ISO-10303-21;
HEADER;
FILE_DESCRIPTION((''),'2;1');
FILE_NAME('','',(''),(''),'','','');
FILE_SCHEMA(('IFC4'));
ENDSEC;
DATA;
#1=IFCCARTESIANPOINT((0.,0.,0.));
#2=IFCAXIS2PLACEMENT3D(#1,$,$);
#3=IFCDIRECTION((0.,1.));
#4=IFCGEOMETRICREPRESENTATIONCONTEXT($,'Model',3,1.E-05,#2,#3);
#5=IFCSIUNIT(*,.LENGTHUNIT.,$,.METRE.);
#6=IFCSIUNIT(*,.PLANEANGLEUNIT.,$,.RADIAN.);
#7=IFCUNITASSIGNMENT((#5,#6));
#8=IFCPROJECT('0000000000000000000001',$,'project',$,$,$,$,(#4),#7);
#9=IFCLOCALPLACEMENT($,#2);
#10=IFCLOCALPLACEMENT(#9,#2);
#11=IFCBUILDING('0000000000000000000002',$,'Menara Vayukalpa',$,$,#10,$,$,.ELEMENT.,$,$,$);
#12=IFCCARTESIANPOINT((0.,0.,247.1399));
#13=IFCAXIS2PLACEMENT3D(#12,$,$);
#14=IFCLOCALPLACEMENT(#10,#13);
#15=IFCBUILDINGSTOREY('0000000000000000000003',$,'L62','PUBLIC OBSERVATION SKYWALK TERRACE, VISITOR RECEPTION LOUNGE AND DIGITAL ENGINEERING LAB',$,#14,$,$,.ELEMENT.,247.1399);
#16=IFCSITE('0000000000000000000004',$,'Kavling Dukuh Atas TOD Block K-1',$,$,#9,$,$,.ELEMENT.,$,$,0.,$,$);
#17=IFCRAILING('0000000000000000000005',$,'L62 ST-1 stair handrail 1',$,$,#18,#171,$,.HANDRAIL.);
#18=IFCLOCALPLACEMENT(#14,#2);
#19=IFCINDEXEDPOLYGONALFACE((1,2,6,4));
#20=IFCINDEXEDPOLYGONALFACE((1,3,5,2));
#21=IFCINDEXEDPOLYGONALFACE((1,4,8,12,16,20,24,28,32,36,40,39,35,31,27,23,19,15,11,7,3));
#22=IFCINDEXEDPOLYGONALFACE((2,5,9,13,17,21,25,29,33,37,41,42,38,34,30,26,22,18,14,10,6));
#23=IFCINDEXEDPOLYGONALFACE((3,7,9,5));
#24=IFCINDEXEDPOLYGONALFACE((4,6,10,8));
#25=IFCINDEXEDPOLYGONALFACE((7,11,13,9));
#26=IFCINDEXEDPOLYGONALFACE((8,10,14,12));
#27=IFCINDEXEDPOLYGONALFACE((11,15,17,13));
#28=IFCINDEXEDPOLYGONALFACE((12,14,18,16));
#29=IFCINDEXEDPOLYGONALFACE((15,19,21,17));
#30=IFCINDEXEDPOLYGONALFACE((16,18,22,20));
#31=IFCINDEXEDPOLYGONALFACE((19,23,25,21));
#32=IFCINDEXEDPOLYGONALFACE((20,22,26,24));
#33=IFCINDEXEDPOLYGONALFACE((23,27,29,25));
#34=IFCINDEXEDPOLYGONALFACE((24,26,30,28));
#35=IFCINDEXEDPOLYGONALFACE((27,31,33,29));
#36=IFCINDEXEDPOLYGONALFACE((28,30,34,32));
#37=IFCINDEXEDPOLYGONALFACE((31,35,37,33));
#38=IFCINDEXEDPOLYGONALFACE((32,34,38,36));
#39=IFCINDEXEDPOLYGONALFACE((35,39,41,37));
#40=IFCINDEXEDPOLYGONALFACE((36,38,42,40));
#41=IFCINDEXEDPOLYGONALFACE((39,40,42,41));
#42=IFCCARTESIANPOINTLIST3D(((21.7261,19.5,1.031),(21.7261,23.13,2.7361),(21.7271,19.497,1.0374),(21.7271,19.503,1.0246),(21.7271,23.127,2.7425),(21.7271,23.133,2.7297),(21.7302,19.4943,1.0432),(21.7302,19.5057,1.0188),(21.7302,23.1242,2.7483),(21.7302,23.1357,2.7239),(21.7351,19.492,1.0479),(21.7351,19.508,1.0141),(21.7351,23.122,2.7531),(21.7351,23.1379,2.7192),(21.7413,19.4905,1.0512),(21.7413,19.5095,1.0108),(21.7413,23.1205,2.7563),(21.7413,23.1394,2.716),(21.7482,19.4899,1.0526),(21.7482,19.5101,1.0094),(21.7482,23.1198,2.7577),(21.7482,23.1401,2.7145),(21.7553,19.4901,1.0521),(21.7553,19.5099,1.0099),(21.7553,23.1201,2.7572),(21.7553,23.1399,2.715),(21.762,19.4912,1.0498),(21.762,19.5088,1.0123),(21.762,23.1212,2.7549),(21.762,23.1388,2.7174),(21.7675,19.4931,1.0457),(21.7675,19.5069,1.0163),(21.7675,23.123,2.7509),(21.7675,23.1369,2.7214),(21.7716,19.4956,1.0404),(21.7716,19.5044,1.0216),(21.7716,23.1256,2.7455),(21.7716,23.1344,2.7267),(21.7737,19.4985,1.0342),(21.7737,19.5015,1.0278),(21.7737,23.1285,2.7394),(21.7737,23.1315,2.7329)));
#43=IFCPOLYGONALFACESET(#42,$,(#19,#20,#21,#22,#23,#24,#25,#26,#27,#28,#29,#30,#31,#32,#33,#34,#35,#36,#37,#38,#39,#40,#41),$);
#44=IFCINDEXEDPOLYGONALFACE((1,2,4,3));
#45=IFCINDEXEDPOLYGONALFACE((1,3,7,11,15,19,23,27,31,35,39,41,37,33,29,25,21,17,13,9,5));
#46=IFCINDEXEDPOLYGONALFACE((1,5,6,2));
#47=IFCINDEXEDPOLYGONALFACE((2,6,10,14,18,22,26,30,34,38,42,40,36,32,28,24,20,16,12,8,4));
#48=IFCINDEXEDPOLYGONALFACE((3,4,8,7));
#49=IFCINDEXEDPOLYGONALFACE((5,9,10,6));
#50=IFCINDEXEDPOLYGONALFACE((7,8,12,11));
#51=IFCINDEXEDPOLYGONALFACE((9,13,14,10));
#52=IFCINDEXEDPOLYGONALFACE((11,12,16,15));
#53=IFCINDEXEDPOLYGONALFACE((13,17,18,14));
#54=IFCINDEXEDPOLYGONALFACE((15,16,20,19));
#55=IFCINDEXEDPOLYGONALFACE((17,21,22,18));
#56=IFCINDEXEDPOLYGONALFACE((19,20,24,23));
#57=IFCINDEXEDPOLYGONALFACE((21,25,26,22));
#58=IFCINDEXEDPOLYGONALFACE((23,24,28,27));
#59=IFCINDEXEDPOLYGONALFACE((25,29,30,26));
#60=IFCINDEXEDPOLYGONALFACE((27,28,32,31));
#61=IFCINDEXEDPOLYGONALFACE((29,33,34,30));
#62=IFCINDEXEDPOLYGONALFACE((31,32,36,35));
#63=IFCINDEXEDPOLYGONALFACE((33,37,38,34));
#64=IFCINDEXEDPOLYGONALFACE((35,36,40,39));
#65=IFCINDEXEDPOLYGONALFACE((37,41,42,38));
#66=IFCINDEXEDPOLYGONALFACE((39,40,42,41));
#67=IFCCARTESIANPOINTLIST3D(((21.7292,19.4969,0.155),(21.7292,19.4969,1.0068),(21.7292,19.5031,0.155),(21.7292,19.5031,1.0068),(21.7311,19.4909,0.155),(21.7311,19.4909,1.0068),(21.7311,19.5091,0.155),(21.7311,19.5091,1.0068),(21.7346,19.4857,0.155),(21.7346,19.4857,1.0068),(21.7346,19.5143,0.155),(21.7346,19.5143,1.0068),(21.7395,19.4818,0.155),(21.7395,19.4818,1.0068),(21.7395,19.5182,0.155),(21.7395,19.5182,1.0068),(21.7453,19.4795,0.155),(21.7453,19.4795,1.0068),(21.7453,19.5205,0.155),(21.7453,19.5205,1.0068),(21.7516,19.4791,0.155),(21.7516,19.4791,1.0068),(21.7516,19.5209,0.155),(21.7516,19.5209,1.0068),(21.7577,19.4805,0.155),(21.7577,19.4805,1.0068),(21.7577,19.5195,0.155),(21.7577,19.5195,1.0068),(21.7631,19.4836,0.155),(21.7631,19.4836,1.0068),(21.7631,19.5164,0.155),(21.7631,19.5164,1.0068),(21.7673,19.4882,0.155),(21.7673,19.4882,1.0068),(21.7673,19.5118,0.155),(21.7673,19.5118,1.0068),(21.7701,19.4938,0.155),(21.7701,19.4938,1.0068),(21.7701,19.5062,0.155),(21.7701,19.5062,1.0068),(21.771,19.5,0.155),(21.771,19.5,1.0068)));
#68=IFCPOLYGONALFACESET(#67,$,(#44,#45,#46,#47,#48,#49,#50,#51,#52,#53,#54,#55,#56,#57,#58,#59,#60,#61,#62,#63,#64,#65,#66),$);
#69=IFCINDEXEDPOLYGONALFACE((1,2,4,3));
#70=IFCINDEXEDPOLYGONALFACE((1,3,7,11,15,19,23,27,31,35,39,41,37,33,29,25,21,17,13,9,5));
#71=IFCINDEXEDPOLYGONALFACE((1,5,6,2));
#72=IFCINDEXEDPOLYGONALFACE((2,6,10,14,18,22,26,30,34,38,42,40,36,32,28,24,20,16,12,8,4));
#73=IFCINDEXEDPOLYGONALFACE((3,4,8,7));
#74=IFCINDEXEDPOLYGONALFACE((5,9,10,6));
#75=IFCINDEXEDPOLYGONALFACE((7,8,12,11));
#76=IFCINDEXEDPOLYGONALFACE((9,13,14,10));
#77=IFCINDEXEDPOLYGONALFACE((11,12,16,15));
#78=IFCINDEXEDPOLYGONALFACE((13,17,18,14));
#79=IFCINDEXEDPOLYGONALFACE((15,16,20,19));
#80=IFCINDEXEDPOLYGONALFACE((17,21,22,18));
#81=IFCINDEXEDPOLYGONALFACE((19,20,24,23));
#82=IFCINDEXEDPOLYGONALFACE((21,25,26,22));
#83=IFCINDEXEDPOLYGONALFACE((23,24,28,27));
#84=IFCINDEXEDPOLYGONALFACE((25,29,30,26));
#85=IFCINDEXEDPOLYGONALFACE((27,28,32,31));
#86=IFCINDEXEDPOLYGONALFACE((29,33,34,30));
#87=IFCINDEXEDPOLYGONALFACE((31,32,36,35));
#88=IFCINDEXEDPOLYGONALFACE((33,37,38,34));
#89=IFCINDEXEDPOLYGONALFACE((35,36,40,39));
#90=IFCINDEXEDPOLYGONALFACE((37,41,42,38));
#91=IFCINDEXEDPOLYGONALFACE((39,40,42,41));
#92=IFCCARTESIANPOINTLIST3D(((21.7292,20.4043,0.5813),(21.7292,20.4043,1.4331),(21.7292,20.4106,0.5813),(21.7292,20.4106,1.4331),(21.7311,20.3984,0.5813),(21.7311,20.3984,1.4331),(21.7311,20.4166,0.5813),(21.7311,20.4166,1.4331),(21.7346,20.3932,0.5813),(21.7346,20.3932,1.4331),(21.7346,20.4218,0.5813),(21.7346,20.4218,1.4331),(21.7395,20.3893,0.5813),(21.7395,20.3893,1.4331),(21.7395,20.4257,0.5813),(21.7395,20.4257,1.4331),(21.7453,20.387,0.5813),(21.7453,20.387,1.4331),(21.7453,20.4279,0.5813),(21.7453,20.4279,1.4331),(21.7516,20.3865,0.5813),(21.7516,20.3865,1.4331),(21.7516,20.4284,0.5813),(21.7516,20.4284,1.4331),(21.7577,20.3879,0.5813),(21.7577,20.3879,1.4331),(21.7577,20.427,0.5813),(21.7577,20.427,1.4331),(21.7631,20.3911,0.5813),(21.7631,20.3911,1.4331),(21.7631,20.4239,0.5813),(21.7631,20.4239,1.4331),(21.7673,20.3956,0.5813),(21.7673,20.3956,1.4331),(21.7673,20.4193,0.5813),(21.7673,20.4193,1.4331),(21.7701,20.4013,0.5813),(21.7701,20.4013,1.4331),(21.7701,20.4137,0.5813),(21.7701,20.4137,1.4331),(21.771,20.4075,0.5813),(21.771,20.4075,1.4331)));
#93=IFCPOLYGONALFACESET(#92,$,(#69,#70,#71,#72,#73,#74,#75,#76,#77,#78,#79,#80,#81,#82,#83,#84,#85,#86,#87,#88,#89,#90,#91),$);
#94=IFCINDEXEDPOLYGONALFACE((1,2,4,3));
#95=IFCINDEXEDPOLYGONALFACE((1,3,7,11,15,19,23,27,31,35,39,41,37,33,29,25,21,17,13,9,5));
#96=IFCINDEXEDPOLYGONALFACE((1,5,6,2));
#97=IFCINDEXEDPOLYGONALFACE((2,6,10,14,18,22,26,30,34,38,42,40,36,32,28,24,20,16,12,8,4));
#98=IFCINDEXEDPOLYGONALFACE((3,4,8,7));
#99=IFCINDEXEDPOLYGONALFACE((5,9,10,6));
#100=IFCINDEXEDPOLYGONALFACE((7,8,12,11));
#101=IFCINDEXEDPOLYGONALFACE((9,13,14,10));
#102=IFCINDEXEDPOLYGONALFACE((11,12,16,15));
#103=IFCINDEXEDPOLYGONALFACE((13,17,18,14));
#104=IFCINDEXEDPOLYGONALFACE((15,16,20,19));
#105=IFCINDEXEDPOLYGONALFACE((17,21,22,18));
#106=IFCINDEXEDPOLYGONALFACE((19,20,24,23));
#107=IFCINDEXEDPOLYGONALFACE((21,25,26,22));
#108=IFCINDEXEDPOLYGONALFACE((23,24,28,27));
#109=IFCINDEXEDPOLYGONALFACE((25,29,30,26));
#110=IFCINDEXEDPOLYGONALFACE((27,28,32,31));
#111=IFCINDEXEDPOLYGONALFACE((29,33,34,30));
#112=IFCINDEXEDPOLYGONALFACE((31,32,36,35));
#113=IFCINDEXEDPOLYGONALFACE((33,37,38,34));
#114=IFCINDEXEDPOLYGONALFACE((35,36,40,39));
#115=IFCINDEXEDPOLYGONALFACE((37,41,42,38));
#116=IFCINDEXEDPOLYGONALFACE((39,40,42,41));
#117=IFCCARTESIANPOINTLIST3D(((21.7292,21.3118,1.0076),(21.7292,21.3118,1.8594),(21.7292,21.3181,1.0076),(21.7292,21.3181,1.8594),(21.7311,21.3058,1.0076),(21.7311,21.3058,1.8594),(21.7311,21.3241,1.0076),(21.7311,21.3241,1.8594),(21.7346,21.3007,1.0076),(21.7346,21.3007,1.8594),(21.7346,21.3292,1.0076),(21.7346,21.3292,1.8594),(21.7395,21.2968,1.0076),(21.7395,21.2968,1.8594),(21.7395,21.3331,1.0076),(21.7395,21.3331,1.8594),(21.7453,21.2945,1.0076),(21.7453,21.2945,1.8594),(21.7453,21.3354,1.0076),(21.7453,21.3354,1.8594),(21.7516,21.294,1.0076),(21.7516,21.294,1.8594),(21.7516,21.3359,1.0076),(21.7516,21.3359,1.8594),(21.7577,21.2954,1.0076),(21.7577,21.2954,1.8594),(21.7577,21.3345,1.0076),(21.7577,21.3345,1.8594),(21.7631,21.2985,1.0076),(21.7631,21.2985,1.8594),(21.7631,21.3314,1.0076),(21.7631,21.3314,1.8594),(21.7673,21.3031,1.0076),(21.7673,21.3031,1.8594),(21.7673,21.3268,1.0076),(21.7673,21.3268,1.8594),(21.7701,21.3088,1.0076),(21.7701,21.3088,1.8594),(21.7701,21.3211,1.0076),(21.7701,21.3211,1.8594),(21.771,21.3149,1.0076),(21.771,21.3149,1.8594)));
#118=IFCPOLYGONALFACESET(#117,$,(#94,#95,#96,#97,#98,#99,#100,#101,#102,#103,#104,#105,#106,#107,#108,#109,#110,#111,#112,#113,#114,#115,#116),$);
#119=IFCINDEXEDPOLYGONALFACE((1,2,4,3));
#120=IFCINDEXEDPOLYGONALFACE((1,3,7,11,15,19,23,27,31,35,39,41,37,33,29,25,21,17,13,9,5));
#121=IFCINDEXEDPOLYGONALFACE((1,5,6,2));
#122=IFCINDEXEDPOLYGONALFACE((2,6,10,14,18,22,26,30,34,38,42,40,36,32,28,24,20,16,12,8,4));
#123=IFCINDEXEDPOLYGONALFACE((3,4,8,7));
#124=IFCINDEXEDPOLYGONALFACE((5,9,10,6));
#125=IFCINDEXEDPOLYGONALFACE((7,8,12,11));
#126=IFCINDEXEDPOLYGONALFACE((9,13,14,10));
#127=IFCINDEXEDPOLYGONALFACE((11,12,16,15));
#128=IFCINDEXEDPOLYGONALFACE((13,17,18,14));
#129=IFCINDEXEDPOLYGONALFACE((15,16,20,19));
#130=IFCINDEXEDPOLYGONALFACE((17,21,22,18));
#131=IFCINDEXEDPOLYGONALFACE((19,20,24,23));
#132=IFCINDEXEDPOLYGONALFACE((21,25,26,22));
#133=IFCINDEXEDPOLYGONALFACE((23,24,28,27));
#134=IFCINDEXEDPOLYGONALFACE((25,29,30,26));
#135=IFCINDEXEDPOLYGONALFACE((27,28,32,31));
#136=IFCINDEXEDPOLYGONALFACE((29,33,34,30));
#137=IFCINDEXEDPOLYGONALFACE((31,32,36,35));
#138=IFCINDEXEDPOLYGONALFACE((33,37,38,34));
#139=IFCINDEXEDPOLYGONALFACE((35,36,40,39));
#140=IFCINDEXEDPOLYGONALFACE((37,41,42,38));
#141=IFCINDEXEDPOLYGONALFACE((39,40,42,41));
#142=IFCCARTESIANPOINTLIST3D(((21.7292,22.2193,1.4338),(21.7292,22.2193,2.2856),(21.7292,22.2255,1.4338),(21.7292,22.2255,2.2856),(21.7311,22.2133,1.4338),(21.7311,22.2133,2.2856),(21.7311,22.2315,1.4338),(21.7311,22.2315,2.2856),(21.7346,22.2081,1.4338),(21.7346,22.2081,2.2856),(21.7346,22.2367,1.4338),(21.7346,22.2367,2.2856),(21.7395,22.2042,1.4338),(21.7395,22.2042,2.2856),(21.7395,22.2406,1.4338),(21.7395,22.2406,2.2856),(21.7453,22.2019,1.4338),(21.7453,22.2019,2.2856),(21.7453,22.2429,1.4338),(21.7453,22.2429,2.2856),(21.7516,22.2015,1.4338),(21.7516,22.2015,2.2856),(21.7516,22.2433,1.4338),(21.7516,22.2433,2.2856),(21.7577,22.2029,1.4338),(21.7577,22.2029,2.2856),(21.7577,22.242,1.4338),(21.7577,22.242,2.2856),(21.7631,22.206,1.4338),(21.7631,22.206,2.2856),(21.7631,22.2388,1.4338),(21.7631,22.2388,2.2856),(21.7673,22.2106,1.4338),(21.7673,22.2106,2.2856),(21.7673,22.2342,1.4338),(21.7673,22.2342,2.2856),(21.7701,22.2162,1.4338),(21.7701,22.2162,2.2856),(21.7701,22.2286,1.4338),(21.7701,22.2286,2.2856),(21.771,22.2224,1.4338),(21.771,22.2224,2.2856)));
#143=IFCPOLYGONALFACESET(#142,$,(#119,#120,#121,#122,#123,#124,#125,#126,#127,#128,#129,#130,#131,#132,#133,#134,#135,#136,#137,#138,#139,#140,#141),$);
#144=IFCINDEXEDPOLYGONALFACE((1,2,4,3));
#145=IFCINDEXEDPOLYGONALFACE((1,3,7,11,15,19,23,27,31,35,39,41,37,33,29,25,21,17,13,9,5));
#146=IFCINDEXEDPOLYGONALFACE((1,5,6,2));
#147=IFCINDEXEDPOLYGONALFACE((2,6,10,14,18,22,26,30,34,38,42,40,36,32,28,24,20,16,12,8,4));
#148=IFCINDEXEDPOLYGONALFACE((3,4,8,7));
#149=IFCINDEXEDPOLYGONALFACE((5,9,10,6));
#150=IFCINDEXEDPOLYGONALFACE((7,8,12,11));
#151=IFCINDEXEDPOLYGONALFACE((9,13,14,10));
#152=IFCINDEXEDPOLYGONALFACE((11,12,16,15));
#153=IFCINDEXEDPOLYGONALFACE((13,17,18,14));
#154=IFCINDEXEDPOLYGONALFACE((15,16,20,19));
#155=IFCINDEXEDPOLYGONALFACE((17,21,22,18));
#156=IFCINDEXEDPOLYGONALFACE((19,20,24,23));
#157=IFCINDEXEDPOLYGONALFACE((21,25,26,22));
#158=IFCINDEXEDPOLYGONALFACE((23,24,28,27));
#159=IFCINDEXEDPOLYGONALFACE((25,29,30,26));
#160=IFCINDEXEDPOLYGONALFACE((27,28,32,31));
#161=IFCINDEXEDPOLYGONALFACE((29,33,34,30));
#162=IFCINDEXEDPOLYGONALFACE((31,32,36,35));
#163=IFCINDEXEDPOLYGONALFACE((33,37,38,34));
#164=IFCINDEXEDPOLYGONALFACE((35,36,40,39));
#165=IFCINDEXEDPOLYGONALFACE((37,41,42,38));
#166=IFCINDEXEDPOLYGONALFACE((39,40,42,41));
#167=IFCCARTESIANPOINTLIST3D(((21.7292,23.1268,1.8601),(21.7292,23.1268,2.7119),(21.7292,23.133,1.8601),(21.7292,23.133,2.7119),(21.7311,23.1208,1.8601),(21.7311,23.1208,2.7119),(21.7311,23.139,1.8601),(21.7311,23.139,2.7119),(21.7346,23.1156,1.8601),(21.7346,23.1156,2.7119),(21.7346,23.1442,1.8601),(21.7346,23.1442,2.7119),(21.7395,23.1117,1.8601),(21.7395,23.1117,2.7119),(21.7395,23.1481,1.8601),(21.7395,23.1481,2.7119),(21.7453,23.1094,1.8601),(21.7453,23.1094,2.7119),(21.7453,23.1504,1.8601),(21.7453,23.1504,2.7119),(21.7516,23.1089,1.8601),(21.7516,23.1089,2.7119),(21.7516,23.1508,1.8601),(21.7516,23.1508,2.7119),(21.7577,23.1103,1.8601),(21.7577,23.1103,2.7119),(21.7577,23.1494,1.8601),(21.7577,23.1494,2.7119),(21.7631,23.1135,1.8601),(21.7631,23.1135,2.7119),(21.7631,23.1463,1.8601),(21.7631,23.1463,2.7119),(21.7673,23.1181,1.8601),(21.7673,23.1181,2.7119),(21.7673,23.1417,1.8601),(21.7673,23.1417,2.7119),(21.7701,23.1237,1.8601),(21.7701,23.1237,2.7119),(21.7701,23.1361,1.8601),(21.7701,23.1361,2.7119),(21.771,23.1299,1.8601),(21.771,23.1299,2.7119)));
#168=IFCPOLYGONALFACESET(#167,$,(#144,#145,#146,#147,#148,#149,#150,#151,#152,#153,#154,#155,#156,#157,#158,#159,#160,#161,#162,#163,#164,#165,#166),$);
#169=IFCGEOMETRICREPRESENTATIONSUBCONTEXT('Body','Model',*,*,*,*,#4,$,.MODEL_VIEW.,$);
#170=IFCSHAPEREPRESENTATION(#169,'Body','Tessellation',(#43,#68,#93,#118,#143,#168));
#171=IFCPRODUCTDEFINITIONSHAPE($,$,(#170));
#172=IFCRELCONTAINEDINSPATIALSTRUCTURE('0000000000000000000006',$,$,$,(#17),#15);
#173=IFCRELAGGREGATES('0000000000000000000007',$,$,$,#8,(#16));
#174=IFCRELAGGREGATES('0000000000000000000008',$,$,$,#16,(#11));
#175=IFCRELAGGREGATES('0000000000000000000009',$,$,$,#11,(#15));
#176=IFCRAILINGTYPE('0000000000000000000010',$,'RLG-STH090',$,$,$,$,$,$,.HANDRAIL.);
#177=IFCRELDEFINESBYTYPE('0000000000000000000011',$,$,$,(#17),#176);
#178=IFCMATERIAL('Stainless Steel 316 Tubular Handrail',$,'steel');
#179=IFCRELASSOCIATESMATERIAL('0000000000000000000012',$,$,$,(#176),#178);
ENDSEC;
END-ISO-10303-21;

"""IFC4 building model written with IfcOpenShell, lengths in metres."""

from ifc_helpers import new_model, si_unit, direction, frame, origin, origin_2d, place, context, subcontext, project, spatial, circle, extrude, material, type_object, element, save


model = new_model("IFC4")

# Units and contexts
model_context = context("Model", 3, precision=1e-05, world=origin(), true_north=direction((0.0, 1.0)))
body_context = subcontext(model_context, "Body", "Model", "MODEL_VIEW")
ifc_project = project(units=[si_unit("LENGTHUNIT", "METRE"), si_unit("PLANEANGLEUNIT", "RADIAN")], contexts=[model_context])

# Site, building, storey
site_placement = place(None, origin())
site = spatial("IfcSite", under=ifc_project, at=site_placement, Name="Kavling Dukuh Atas TOD Block K-1", CompositionType="ELEMENT", RefElevation=0.0)
building_placement = place(site_placement, origin())
building = spatial("IfcBuilding", under=site, at=building_placement, Name="Menara Vayukalpa", CompositionType="ELEMENT")
storey_placement = place(building_placement, frame((0.0, 0.0, 247.1399)))
storey = spatial("IfcBuildingStorey", under=building, at=storey_placement, Name="L62", Description="PUBLIC OBSERVATION SKYWALK TERRACE, VISITOR RECEPTION LOUNGE AND DIGITAL ENGINEERING LAB", CompositionType="ELEMENT", Elevation=247.1399)

# Railing
ifc_material_1 = material(Name="Stainless Steel 316 Tubular Handrail", Category="steel")
railing_type_1 = type_object("IfcRailingType", Name="RLG-STH090", PredefinedType="HANDRAIL", material=ifc_material_1)
railing_1_placement = place(storey_placement, frame((21.75, 19.5, 0.155)))
element("IfcRailing", 1, at=railing_1_placement, inside=storey, type_object=railing_type_1, Name="L62 ST-1 stair handrail 1", PredefinedType="HANDRAIL", context=body_context, shape_type="SweptSolid", body=[
    extrude(circle(Radius=0.0239, at=origin_2d()), frame((0.0, 0.0, 0.876), z_axis=(0.0, 0.905116, 0.425164), x_axis=(-1.0, 0.0, 0.0)), (0.0, 0.0, 1.0), 4.0105),
    extrude(circle(Radius=0.021, at=origin_2d()), origin(), (0.0, 0.0, 1.0), 0.8518),
    extrude(circle(Radius=0.021, at=origin_2d()), frame((0.0, 0.9075, 0.4263)), (0.0, 0.0, 1.0), 0.8518),
    extrude(circle(Radius=0.021, at=origin_2d()), frame((0.0, 1.8149, 0.8525)), (0.0, 0.0, 1.0), 0.8518),
    extrude(circle(Radius=0.021, at=origin_2d()), frame((0.0, 2.7224, 1.2788)), (0.0, 0.0, 1.0), 0.8518),
    extrude(circle(Radius=0.021, at=origin_2d()), frame((0.0, 3.6299, 1.7051)), (0.0, 0.0, 1.0), 0.8518),
])

save(model, "model.ifc")
